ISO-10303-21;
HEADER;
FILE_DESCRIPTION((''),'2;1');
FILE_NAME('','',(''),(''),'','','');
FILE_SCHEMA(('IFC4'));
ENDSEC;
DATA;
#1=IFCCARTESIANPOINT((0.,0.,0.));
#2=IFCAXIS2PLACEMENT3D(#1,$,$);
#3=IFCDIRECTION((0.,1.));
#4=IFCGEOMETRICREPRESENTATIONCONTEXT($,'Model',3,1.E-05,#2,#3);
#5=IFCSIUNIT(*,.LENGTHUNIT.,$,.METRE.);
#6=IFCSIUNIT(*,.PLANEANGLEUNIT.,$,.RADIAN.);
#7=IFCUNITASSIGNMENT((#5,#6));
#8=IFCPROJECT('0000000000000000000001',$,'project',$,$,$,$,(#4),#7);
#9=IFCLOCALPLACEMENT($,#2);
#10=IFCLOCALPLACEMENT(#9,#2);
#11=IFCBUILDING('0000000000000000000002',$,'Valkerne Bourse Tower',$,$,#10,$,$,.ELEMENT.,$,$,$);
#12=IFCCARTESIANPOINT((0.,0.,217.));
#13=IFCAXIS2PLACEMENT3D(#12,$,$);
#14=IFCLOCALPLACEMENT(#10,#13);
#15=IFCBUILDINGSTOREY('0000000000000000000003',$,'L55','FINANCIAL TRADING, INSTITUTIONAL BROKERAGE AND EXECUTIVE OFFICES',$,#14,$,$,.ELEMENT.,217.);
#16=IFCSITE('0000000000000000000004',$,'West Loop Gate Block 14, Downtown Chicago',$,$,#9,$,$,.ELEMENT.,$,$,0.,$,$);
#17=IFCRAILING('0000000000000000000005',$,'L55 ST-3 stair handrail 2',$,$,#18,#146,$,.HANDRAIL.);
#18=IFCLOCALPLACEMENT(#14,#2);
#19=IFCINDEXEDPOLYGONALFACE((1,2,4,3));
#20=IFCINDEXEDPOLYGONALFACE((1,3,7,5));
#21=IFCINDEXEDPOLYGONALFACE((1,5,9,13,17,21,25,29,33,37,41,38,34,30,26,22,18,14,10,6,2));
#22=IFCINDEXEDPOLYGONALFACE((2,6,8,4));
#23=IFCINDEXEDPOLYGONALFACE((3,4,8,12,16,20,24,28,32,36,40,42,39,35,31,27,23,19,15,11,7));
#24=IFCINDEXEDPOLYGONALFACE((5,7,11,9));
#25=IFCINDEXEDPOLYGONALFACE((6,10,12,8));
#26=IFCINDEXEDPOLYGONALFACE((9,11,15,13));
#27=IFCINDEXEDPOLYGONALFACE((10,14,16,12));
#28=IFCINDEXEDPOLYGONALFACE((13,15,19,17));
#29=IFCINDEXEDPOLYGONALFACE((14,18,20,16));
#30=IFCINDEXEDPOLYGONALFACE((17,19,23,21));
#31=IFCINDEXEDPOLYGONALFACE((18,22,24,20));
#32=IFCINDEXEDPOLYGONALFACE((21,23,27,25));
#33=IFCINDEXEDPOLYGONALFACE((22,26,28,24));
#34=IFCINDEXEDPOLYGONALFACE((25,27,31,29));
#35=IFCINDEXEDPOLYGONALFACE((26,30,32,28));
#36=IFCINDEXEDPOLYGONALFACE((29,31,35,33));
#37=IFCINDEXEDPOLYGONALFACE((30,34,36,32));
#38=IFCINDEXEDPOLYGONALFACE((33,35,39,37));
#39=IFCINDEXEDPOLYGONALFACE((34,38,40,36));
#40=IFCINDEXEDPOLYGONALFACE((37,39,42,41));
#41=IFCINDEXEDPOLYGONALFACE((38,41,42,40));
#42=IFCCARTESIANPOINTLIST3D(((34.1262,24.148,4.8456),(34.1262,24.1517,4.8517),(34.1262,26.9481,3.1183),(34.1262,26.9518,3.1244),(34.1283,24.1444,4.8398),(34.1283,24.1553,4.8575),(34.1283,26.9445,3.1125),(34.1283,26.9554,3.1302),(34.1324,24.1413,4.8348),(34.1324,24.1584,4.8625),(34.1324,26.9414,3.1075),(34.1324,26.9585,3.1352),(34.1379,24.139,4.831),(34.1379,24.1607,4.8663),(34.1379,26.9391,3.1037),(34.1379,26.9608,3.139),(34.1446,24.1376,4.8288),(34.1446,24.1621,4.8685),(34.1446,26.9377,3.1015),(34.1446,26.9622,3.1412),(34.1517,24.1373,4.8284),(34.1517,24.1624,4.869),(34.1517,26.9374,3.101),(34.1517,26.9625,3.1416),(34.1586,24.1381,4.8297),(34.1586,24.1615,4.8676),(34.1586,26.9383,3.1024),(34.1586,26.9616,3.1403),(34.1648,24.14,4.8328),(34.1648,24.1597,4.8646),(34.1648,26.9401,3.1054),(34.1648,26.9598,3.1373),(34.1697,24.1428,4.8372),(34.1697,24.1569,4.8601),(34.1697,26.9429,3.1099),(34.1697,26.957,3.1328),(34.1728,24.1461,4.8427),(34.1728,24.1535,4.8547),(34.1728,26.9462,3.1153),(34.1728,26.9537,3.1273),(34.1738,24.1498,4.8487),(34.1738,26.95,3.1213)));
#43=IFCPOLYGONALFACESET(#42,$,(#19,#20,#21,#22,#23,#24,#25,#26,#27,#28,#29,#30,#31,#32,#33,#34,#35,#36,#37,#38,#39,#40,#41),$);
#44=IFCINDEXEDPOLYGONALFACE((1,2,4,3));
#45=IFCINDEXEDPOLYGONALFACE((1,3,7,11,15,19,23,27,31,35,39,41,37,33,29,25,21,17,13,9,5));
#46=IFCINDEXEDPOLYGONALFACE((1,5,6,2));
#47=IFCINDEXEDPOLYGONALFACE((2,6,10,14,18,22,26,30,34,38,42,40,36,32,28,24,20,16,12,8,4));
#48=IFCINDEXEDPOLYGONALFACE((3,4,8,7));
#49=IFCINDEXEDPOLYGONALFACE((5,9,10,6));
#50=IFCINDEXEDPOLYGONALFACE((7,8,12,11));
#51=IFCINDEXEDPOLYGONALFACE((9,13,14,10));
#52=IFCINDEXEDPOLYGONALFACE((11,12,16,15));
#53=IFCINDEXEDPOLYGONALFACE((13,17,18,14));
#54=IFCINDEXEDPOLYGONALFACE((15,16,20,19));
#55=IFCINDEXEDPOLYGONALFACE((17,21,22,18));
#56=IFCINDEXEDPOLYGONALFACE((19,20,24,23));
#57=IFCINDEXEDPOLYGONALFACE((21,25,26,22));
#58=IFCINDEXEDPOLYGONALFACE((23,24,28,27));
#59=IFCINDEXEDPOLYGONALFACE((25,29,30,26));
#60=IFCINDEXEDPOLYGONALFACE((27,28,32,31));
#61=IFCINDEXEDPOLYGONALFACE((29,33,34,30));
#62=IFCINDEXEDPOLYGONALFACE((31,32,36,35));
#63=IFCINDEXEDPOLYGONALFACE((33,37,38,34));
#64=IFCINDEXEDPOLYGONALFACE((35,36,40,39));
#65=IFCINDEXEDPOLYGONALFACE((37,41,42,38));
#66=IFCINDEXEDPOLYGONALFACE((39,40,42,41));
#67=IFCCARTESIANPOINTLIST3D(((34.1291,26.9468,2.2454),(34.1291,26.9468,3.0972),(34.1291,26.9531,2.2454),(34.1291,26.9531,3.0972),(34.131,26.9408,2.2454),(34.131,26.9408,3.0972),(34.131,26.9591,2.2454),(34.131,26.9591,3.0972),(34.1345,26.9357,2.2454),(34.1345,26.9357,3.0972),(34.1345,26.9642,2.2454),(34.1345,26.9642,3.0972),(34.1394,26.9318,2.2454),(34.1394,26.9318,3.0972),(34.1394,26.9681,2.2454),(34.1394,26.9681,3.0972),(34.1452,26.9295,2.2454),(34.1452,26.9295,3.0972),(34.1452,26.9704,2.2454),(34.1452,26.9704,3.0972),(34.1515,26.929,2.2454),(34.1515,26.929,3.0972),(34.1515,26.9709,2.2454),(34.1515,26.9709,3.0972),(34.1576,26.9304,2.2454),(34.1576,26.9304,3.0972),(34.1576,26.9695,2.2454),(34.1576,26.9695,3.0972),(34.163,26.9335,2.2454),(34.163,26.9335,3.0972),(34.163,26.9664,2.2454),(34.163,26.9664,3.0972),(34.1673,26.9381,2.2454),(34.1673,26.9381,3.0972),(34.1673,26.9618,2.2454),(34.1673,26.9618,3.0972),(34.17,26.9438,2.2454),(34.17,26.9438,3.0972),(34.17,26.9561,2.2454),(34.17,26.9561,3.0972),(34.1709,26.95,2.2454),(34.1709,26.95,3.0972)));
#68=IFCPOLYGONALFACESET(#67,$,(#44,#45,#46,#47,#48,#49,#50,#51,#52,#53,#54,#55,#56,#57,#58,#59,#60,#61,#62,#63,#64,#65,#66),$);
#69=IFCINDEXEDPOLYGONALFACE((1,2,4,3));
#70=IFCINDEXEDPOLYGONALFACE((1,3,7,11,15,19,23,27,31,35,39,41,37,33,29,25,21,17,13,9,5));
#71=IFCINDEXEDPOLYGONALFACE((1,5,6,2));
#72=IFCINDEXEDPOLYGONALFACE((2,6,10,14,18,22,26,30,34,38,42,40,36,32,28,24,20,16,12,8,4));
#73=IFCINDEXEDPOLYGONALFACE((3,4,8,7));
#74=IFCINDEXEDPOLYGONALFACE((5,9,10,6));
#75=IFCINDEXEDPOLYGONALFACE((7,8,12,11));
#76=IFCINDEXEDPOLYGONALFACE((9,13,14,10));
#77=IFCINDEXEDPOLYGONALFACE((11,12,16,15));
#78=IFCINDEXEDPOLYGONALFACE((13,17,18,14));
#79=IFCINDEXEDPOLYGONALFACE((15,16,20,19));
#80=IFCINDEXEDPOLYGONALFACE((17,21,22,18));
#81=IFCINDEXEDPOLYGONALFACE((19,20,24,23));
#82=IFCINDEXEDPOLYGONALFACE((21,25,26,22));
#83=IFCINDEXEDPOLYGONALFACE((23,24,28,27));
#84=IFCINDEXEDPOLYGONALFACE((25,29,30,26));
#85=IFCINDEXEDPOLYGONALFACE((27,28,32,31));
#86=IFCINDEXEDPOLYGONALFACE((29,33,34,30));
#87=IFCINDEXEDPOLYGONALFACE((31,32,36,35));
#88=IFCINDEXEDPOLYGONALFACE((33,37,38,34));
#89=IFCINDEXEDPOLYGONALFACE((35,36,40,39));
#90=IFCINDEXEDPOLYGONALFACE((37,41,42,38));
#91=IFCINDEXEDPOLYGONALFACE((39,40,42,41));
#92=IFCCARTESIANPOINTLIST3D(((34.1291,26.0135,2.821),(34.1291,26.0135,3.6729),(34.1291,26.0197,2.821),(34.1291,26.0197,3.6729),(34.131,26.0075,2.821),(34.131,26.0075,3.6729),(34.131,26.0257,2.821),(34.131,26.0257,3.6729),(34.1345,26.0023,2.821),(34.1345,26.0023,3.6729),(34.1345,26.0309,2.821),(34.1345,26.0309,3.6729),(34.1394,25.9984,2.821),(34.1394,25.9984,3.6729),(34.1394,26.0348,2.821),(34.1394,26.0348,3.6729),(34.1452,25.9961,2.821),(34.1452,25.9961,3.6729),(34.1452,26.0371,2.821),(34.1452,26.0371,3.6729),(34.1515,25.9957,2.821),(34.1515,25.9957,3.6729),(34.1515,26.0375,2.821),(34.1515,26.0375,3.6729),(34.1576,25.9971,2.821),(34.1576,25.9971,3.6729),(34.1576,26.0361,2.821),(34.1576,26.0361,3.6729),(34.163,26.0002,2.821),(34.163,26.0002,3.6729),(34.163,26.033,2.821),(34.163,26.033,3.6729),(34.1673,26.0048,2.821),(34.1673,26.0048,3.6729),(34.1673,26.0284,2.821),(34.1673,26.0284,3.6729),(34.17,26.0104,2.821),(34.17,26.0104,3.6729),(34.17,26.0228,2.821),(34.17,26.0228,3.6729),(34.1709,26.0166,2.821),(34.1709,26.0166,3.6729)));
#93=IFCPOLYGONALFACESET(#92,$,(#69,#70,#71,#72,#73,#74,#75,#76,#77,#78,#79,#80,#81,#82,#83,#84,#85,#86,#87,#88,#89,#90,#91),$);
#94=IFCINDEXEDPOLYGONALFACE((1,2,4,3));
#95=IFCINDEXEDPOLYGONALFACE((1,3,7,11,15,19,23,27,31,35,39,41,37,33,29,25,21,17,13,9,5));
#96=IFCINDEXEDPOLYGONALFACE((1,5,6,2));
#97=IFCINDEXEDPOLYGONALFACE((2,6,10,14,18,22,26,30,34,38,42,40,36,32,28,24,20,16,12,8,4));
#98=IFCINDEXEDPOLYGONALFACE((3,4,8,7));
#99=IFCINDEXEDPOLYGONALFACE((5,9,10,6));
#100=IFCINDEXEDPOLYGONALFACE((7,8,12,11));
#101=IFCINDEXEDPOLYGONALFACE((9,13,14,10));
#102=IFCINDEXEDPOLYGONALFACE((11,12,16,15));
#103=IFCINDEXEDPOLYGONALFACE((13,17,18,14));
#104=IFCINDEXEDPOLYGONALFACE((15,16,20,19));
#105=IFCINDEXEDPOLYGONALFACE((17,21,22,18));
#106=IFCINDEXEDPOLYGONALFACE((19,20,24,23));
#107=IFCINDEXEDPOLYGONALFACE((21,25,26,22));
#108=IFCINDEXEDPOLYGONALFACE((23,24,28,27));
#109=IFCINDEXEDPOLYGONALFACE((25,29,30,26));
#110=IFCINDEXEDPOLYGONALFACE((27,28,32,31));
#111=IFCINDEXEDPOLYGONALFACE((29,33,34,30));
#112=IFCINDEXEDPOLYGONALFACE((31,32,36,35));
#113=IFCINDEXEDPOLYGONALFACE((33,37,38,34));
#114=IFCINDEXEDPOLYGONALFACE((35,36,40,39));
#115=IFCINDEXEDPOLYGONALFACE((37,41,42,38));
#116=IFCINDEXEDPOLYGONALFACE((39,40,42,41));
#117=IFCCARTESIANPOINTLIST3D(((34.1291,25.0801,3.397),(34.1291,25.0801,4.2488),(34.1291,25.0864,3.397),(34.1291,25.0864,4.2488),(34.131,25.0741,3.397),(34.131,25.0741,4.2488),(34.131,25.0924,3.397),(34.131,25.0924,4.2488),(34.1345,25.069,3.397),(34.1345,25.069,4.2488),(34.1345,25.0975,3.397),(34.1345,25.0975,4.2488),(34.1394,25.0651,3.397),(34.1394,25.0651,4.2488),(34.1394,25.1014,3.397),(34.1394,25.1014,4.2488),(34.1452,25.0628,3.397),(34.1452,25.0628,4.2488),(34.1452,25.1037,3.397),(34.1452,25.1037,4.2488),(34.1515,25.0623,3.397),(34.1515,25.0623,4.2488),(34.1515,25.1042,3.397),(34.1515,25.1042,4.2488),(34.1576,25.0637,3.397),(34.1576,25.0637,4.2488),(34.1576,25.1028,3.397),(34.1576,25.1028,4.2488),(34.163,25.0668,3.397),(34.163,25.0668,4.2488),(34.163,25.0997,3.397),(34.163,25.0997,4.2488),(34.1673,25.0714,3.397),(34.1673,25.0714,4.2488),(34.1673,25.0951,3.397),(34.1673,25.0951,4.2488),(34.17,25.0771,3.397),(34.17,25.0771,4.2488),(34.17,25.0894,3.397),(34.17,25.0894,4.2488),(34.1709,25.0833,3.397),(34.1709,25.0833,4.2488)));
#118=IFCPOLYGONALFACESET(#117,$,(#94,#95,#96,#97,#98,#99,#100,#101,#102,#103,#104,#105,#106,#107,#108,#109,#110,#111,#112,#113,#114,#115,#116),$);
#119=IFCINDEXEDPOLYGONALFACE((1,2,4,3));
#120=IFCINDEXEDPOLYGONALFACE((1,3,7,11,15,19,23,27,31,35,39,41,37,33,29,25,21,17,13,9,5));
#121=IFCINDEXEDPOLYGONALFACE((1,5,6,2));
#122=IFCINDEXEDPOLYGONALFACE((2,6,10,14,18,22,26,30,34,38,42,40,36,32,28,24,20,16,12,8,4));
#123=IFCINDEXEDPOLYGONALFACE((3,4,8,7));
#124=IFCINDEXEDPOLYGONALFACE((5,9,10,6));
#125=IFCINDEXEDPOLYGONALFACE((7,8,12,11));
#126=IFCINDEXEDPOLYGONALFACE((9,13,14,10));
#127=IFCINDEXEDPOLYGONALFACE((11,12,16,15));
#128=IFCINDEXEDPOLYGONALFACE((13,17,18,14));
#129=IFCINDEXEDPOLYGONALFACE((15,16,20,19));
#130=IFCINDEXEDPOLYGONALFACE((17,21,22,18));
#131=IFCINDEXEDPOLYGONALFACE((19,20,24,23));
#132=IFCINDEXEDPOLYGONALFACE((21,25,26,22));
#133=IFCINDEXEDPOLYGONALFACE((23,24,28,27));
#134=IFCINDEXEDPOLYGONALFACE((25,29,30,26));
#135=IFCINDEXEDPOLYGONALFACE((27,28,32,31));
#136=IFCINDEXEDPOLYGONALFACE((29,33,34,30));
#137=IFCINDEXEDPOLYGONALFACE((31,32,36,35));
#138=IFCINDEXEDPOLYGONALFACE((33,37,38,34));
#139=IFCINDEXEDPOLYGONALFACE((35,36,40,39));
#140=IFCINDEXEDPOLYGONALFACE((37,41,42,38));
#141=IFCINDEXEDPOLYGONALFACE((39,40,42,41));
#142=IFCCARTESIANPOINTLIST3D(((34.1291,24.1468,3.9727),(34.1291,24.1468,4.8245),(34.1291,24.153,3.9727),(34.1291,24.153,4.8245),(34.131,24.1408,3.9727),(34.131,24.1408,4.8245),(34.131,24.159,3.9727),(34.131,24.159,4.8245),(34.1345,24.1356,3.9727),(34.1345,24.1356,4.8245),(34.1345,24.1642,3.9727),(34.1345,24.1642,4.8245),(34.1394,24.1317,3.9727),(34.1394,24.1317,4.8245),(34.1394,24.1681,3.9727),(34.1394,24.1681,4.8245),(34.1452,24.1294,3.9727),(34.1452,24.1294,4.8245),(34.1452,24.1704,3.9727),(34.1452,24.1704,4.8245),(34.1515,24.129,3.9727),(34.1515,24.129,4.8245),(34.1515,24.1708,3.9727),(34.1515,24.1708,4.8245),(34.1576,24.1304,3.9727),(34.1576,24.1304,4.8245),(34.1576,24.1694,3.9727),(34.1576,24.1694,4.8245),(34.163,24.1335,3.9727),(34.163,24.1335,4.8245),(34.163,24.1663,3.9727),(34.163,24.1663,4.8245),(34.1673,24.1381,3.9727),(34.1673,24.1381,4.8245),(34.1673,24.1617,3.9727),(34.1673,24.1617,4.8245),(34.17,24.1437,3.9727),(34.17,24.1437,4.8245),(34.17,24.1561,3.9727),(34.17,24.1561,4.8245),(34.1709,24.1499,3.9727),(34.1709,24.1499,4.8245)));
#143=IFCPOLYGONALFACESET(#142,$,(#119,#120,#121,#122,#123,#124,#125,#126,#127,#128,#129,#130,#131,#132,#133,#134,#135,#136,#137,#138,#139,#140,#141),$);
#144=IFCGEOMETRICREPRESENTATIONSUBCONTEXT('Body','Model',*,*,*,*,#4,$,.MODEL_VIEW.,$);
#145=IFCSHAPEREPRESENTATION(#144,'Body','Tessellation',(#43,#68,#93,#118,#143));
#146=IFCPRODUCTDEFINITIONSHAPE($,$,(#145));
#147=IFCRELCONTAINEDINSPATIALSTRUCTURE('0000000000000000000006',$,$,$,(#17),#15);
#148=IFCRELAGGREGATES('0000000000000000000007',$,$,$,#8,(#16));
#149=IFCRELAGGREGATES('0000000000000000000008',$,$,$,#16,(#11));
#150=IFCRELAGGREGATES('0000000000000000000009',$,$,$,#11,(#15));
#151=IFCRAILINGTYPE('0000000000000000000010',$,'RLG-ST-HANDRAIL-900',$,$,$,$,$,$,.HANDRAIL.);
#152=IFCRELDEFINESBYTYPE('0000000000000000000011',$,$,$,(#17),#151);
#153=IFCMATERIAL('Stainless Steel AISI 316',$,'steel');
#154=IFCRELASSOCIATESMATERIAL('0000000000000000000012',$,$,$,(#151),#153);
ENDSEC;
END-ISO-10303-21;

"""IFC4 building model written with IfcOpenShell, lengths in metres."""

from ifc_helpers import new_model, si_unit, direction, frame, origin, origin_2d, place, context, subcontext, project, spatial, circle, extrude, material, type_object, element, save


model = new_model("IFC4")

# Units and contexts
model_context = context("Model", 3, precision=1e-05, world=origin(), true_north=direction((0.0, 1.0)))
body_context = subcontext(model_context, "Body", "Model", "MODEL_VIEW")
ifc_project = project(units=[si_unit("LENGTHUNIT", "METRE"), si_unit("PLANEANGLEUNIT", "RADIAN")], contexts=[model_context])

# Site, building, storey
site_placement = place(None, origin())
site = spatial("IfcSite", under=ifc_project, at=site_placement, Name="West Loop Gate Block 14, Downtown Chicago", CompositionType="ELEMENT", RefElevation=0.0)
building_placement = place(site_placement, origin())
building = spatial("IfcBuilding", under=site, at=building_placement, Name="Valkerne Bourse Tower", CompositionType="ELEMENT")
storey_placement = place(building_placement, frame((0.0, 0.0, 217.0)))
storey = spatial("IfcBuildingStorey", under=building, at=storey_placement, Name="L55", Description="FINANCIAL TRADING, INSTITUTIONAL BROKERAGE AND EXECUTIVE OFFICES", CompositionType="ELEMENT", Elevation=217.0)

# Railing
ifc_material_1 = material(Name="Stainless Steel AISI 316", Category="steel")
railing_type_1 = type_object("IfcRailingType", Name="RLG-ST-HANDRAIL-900", PredefinedType="HANDRAIL", material=ifc_material_1)
railing_1_placement = place(storey_placement, frame((34.1499, 26.95, 2.2454)))
element("IfcRailing", 1, at=railing_1_placement, inside=storey, type_object=railing_type_1, Name="L55 ST-3 stair handrail 2", PredefinedType="HANDRAIL", context=body_context, shape_type="SweptSolid", body=[
    extrude(circle(Radius=0.0239, at=origin_2d()), frame((0.0, 0.0, 0.876), z_axis=(0.0, -0.85109, 0.52502), x_axis=(1.0, 0.0, 0.0)), (0.0, 0.0, 1.0), 3.29),
    extrude(circle(Radius=0.021, at=origin_2d()), origin(), (0.0, 0.0, 1.0), 0.8518),
    extrude(circle(Radius=0.021, at=origin_2d()), frame((0.0, -0.9333, 0.5757)), (0.0, 0.0, 1.0), 0.8518),
    extrude(circle(Radius=0.021, at=origin_2d()), frame((0.0, -1.8667, 1.1516)), (0.0, 0.0, 1.0), 0.8518),
    extrude(circle(Radius=0.021, at=origin_2d()), frame((0.0, -2.8, 1.7273)), (0.0, 0.0, 1.0), 0.8518),
])

save(model, "model.ifc")
